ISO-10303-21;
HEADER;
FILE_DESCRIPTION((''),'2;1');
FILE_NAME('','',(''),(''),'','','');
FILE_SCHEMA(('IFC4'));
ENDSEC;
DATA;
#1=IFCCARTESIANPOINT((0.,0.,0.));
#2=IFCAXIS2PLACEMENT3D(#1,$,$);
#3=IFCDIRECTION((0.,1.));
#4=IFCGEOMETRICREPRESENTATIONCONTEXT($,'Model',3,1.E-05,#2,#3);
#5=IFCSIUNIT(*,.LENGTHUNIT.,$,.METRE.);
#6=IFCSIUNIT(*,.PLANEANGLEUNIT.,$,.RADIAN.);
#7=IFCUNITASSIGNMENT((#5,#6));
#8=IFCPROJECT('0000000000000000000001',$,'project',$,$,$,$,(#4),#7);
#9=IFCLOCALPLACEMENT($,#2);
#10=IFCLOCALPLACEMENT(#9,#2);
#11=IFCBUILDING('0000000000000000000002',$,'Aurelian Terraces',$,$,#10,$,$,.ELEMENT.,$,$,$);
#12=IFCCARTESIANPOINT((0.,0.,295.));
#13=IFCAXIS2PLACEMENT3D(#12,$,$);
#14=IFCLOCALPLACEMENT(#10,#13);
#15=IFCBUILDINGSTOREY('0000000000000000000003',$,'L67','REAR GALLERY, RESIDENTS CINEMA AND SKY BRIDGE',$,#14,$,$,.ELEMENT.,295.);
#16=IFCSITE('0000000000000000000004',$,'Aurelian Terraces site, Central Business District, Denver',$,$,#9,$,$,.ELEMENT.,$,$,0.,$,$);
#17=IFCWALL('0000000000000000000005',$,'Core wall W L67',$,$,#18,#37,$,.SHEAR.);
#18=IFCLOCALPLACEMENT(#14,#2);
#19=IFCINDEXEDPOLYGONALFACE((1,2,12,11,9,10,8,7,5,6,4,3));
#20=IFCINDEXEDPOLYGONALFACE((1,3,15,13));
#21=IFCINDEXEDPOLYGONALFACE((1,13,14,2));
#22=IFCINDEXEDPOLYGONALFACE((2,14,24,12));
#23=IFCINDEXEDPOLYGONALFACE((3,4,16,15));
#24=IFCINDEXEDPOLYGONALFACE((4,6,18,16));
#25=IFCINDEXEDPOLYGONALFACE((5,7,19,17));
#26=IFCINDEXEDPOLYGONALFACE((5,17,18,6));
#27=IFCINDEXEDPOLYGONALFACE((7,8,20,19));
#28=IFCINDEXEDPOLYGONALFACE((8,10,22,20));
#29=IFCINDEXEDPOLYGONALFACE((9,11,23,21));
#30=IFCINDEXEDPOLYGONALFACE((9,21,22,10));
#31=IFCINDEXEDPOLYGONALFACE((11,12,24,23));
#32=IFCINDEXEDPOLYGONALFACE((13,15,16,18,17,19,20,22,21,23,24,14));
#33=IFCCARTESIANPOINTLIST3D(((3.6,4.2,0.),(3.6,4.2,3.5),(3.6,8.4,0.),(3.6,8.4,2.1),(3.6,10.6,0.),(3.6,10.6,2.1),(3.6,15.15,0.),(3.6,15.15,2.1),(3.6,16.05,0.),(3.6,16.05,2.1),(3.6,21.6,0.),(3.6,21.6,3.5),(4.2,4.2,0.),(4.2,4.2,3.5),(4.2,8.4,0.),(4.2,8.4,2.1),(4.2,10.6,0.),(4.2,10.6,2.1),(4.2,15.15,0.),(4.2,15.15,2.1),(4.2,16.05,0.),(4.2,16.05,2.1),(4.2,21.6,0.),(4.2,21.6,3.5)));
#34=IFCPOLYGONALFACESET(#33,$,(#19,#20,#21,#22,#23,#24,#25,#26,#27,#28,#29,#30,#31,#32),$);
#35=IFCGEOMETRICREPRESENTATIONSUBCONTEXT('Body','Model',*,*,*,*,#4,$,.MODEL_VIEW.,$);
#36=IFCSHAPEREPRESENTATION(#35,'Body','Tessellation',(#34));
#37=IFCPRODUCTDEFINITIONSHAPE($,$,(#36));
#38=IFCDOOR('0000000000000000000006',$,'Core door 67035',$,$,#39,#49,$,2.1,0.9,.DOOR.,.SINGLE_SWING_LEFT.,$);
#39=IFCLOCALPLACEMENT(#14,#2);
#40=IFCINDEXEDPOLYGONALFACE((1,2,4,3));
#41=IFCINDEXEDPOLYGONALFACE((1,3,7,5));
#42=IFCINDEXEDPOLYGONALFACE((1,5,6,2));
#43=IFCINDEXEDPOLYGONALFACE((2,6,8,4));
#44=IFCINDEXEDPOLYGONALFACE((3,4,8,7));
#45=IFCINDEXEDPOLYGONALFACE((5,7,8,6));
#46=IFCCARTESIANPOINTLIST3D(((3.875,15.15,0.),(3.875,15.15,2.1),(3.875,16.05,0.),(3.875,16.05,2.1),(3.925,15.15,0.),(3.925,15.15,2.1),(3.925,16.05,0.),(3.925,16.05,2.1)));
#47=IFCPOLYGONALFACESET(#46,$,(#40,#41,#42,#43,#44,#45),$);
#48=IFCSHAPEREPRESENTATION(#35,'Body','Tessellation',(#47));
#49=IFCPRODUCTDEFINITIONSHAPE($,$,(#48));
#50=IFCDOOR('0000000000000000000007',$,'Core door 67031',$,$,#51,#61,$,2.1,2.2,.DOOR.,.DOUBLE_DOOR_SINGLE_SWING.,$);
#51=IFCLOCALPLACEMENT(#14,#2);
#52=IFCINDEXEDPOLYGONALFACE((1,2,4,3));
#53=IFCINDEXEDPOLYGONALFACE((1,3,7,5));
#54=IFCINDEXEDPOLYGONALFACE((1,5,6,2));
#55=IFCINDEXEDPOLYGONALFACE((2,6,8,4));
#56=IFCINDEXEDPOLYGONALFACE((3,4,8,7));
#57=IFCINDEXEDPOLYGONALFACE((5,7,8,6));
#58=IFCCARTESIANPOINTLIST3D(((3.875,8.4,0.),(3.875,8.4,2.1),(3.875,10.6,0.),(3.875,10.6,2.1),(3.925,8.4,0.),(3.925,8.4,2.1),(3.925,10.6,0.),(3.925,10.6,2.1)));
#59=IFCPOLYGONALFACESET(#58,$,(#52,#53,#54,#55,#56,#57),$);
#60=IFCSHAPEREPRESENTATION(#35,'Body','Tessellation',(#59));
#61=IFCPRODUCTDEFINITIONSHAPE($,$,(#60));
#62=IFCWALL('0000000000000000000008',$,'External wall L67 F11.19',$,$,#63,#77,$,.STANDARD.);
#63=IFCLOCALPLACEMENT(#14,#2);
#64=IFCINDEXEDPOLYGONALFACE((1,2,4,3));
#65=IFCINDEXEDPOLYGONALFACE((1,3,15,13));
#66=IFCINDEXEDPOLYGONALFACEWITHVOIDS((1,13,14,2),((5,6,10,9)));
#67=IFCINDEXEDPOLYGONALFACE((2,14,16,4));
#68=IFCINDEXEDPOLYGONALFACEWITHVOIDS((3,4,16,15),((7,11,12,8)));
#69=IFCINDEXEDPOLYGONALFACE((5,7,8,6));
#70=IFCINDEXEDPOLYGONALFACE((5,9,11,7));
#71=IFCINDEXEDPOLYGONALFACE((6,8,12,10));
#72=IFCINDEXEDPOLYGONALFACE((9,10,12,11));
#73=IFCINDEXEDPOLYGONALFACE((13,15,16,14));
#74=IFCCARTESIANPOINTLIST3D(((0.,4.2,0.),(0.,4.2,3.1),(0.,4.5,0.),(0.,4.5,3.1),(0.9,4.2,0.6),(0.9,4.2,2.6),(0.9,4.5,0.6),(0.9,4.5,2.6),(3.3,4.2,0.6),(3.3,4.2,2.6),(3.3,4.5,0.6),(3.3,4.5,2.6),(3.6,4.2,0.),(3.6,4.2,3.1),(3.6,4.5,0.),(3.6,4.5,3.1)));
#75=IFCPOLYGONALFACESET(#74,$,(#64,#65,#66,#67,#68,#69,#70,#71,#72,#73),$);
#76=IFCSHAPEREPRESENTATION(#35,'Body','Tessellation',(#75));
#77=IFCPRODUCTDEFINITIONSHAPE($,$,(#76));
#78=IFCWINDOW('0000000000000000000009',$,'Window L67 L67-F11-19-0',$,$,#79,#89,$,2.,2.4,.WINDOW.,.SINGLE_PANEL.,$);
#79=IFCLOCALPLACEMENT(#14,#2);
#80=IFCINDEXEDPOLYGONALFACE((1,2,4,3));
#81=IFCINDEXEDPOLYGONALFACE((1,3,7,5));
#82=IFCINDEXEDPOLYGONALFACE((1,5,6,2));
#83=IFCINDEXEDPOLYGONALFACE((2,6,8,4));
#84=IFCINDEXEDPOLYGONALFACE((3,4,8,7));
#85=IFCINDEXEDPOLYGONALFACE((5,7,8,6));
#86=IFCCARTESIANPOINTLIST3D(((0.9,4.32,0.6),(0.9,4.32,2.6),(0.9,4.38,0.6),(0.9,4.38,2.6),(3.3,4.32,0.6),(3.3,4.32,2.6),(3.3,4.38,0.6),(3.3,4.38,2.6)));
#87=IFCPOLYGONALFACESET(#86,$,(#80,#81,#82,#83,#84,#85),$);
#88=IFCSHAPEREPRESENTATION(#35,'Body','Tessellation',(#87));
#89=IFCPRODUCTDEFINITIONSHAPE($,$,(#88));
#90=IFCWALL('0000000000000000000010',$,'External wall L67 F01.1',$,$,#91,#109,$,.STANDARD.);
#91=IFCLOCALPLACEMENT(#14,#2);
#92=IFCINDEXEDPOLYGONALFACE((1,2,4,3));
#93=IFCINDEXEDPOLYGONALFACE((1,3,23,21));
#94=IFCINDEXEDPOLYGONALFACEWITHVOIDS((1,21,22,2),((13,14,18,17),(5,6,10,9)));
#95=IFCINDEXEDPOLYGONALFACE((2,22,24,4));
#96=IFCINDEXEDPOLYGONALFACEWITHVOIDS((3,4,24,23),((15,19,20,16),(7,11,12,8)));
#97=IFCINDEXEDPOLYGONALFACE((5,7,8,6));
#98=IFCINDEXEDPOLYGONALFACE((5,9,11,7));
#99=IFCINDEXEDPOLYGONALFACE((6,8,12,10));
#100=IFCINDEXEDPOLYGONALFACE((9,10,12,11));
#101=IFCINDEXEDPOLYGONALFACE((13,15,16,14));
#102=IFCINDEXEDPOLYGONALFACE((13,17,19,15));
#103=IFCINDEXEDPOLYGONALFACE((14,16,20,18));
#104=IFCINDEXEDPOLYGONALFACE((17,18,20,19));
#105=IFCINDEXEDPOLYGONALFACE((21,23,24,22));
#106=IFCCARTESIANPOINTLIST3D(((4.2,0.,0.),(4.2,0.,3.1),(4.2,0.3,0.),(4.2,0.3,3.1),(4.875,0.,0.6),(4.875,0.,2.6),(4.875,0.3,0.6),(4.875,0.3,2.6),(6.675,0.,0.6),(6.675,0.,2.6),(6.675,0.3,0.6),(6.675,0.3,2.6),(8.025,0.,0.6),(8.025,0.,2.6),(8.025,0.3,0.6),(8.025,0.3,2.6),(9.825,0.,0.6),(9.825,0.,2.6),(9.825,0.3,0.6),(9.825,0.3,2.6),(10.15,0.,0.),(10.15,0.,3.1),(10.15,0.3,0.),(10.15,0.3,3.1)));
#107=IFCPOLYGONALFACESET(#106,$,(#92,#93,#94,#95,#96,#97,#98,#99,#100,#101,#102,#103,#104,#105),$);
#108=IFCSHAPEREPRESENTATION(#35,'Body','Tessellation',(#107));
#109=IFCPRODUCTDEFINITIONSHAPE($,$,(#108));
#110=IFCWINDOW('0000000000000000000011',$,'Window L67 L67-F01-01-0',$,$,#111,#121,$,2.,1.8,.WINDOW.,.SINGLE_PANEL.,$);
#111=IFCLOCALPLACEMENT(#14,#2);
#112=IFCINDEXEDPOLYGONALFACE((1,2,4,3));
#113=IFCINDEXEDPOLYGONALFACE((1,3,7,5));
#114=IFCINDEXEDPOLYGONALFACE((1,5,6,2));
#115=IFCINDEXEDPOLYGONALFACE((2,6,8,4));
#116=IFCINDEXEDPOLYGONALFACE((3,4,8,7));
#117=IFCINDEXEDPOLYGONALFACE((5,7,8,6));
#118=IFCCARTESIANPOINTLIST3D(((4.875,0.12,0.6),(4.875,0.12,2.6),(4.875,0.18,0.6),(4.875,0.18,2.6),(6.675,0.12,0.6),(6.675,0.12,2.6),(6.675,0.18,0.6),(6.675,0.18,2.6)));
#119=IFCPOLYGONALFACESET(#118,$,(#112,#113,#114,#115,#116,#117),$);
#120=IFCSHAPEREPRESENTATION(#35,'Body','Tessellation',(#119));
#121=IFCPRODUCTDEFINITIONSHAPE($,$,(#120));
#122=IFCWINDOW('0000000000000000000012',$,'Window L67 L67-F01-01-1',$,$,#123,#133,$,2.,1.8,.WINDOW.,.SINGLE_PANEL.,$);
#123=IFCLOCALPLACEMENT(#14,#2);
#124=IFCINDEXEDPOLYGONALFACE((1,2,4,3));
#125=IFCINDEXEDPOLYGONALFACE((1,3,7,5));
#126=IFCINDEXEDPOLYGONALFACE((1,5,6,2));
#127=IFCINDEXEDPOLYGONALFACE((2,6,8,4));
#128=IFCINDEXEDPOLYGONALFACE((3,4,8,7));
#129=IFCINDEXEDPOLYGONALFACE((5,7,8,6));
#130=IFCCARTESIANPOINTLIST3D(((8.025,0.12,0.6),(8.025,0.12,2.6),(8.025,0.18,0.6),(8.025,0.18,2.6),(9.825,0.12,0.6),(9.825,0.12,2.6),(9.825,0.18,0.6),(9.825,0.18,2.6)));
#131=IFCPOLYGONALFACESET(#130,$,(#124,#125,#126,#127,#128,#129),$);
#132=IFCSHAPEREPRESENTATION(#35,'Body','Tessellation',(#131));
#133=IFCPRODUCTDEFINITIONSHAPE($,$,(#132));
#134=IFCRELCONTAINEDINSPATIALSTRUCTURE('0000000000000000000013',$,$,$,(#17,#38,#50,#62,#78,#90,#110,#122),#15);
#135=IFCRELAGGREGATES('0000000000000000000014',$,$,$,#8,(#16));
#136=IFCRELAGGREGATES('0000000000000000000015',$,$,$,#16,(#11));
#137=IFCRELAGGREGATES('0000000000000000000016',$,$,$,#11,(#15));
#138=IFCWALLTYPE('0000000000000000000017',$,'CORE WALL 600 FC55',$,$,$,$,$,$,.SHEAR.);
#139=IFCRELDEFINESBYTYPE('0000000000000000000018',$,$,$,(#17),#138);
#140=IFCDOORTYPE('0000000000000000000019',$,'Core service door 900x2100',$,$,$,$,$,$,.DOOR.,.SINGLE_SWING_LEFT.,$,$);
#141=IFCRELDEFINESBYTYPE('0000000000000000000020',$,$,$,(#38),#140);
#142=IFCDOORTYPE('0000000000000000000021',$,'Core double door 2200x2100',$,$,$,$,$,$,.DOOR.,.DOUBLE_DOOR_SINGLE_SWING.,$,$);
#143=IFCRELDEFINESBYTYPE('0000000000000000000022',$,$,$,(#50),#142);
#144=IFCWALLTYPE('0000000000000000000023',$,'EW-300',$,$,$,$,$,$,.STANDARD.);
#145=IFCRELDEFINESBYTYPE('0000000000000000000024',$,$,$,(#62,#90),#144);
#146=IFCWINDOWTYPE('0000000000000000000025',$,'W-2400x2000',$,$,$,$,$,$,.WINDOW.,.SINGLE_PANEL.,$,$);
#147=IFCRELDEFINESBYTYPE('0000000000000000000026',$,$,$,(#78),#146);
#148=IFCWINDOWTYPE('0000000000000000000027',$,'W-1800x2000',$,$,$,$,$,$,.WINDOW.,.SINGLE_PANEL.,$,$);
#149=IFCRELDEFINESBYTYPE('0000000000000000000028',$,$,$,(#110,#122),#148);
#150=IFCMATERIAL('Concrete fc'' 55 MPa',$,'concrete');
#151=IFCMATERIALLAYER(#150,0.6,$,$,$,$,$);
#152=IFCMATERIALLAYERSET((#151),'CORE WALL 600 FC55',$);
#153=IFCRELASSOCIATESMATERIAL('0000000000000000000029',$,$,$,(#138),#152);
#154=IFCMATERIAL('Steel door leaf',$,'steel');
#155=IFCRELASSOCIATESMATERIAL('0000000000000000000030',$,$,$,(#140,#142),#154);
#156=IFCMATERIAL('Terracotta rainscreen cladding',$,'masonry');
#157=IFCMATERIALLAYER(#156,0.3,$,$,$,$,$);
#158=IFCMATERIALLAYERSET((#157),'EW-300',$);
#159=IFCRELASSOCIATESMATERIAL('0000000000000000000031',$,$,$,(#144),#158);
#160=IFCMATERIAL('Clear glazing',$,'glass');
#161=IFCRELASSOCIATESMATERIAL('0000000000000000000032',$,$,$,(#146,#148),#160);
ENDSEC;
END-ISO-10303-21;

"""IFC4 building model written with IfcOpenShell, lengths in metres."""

from ifc_helpers import new_model, si_unit, direction, frame, frame_2d, origin, place, context, subcontext, project, spatial, rectangle, extrude, source, transform, mapped, material, layer, layer_set, type_object, element, fill, save


model = new_model("IFC4")

# Units and contexts
model_context = context("Model", 3, precision=1e-05, world=origin(), true_north=direction((0.0, 1.0)))
body_context = subcontext(model_context, "Body", "Model", "MODEL_VIEW")
ifc_project = project(units=[si_unit("LENGTHUNIT", "METRE"), si_unit("PLANEANGLEUNIT", "RADIAN")], contexts=[model_context])

# Site, building, storey
site_placement = place(None, origin())
site = spatial("IfcSite", under=ifc_project, at=site_placement, Name="Aurelian Terraces site, Central Business District, Denver", CompositionType="ELEMENT", RefElevation=0.0)
building_placement = place(site_placement, origin())
building = spatial("IfcBuilding", under=site, at=building_placement, Name="Aurelian Terraces", CompositionType="ELEMENT")
storey_placement = place(building_placement, frame((0.0, 0.0, 295.0)))
storey = spatial("IfcBuildingStorey", under=building, at=storey_placement, Name="L67", Description="REAR GALLERY, RESIDENTS CINEMA AND SKY BRIDGE", CompositionType="ELEMENT", Elevation=295.0)

# Wall, openings, doors
ifc_material_1 = material(Name="Concrete fc' 55 MPa", Category="concrete")
ifc_layer_1 = layer(ifc_material_1, 0.6)
ifc_layer_set_1 = layer_set([ifc_layer_1], Name="CORE WALL 600 FC55")
wall_type_1 = type_object("IfcWallType", Name="CORE WALL 600 FC55", PredefinedType="SHEAR", material=ifc_layer_set_1)
shared_shape_1 = source(origin(), body_context, "Body", "SweptSolid", [
    extrude(rectangle(XDim=17.4, YDim=0.6, at=frame_2d((8.7, 0.0))), origin(), (0.0, 0.0, 1.0), 3.5),
])
wall_1_placement = place(storey_placement, frame((3.9, 4.2, 0.0), z_axis=(0.0, 0.0, 1.0), x_axis=(0.0, 1.0, 0.0)))
wall_1 = element("IfcWall", 1, at=wall_1_placement, inside=storey, type_object=wall_type_1, Name="Core wall W L67", PredefinedType="SHEAR", context=body_context, shape_type="MappedRepresentation", body=[
    mapped(shared_shape_1, transform((0.0, 0.0, 0.0), scale=1.0)),
])
shared_shape_2 = source(origin(), body_context, "Body", "SweptSolid", [
    extrude(rectangle(XDim=2.2, YDim=2.1, at=frame_2d((1.1, 1.05))), frame((0.0, 0.31, 0.0), z_axis=(0.0, -1.0, 0.0), x_axis=(1.0, 0.0, 0.0)), (0.0, 0.0, 1.0), 0.62),
])
opening_1_placement = place(wall_1_placement, frame((4.2, 0.0, 0.0)))
opening_1 = element("IfcOpeningElement", 2, at=opening_1_placement, cuts=wall_1, PredefinedType="OPENING", context=body_context, shape_type="MappedRepresentation", body=[
    mapped(shared_shape_2, transform((0.0, 0.0, 0.0), scale=1.0)),
])
shared_shape_3 = source(origin(), body_context, "Body", "SweptSolid", [
    extrude(rectangle(XDim=0.9, YDim=2.1, at=frame_2d((0.45, 1.05))), frame((0.0, 0.31, 0.0), z_axis=(0.0, -1.0, 0.0), x_axis=(1.0, 0.0, 0.0)), (0.0, 0.0, 1.0), 0.62),
])
opening_2_placement = place(wall_1_placement, frame((10.95, 0.0, 0.0)))
opening_2 = element("IfcOpeningElement", 3, at=opening_2_placement, cuts=wall_1, PredefinedType="OPENING", context=body_context, shape_type="MappedRepresentation", body=[
    mapped(shared_shape_3, transform((0.0, 0.0, 0.0), scale=1.0)),
])
ifc_material_2 = material(Name="Steel door leaf", Category="steel")
door_type_1 = type_object("IfcDoorType", Name="Core service door 900x2100", OperationType="SINGLE_SWING_LEFT", PredefinedType="DOOR", material=ifc_material_2)
shared_shape_4 = source(origin(), body_context, "Body", "SweptSolid", [
    extrude(rectangle(XDim=0.9, YDim=2.1, at=frame_2d((0.45, 1.05))), frame((0.0, 0.025, 0.0), z_axis=(0.0, -1.0, 0.0), x_axis=(1.0, 0.0, 0.0)), (0.0, 0.0, 1.0), 0.05),
])
door_1_placement = place(opening_2_placement, origin())
door_1 = element("IfcDoor", 4, at=door_1_placement, inside=storey, type_object=door_type_1, Name="Core door 67035", OperationType="SINGLE_SWING_LEFT", OverallHeight=2.1, OverallWidth=0.9, PredefinedType="DOOR", context=body_context, shape_type="MappedRepresentation", body=[
    mapped(shared_shape_4, transform((0.0, 0.0, 0.0), scale=1.0)),
])
fill(opening_2, door_1)
door_type_2 = type_object("IfcDoorType", Name="Core double door 2200x2100", OperationType="DOUBLE_DOOR_SINGLE_SWING", PredefinedType="DOOR", material=ifc_material_2)
shared_shape_5 = source(origin(), body_context, "Body", "SweptSolid", [
    extrude(rectangle(XDim=2.2, YDim=2.1, at=frame_2d((1.1, 1.05))), frame((0.0, 0.025, 0.0), z_axis=(0.0, -1.0, 0.0), x_axis=(1.0, 0.0, 0.0)), (0.0, 0.0, 1.0), 0.05),
])
door_2_placement = place(opening_1_placement, origin())
door_2 = element("IfcDoor", 5, at=door_2_placement, inside=storey, type_object=door_type_2, Name="Core door 67031", OperationType="DOUBLE_DOOR_SINGLE_SWING", OverallHeight=2.1, OverallWidth=2.2, PredefinedType="DOOR", context=body_context, shape_type="MappedRepresentation", body=[
    mapped(shared_shape_5, transform((0.0, 0.0, 0.0), scale=1.0)),
])
fill(opening_1, door_2)

# Wall, opening, window
ifc_material_3 = material(Name="Terracotta rainscreen cladding", Category="masonry")
ifc_layer_2 = layer(ifc_material_3, 0.3)
ifc_layer_set_2 = layer_set([ifc_layer_2], Name="EW-300")
wall_type_2 = type_object("IfcWallType", Name="EW-300", PredefinedType="STANDARD", material=ifc_layer_set_2)
shared_shape_6 = source(origin(), body_context, "Body", "SweptSolid", [
    extrude(rectangle(XDim=3.6, YDim=0.3, at=frame_2d((1.8, 0.0))), origin(), (0.0, 0.0, 1.0), 3.1),
])
wall_2_placement = place(storey_placement, frame((0.0, 4.35, 0.0), z_axis=(0.0, 0.0, 1.0), x_axis=(1.0, 0.0, 0.0)))
wall_2 = element("IfcWall", 6, at=wall_2_placement, inside=storey, type_object=wall_type_2, Name="External wall L67 F11.19", PredefinedType="STANDARD", context=body_context, shape_type="MappedRepresentation", body=[
    mapped(shared_shape_6, transform((0.0, 0.0, 0.0), scale=1.0)),
])
shared_shape_7 = source(origin(), body_context, "Body", "SweptSolid", [
    extrude(rectangle(XDim=2.4, YDim=2.0, at=frame_2d((1.2, 1.0))), frame((0.0, 0.16, 0.0), z_axis=(0.0, -1.0, 0.0), x_axis=(1.0, 0.0, 0.0)), (0.0, 0.0, 1.0), 0.32),
])
opening_3_placement = place(wall_2_placement, frame((0.9, 0.0, 0.6)))
opening_3 = element("IfcOpeningElement", 7, at=opening_3_placement, cuts=wall_2, PredefinedType="OPENING", context=body_context, shape_type="MappedRepresentation", body=[
    mapped(shared_shape_7, transform((0.0, 0.0, 0.0), scale=1.0)),
])
ifc_material_4 = material(Name="Clear glazing", Category="glass")
window_type_1 = type_object("IfcWindowType", Name="W-2400x2000", PartitioningType="SINGLE_PANEL", PredefinedType="WINDOW", material=ifc_material_4)
shared_shape_8 = source(origin(), body_context, "Body", "SweptSolid", [
    extrude(rectangle(XDim=2.4, YDim=2.0, at=frame_2d((1.2, 1.0))), frame((0.0, 0.03, 0.0), z_axis=(0.0, -1.0, 0.0), x_axis=(1.0, 0.0, 0.0)), (0.0, 0.0, 1.0), 0.06),
])
window_1_placement = place(opening_3_placement, origin())
window_1 = element("IfcWindow", 8, at=window_1_placement, inside=storey, type_object=window_type_1, Name="Window L67 L67-F11-19-0", OverallHeight=2.0, OverallWidth=2.4, PartitioningType="SINGLE_PANEL", PredefinedType="WINDOW", context=body_context, shape_type="MappedRepresentation", body=[
    mapped(shared_shape_8, transform((0.0, 0.0, 0.0), scale=1.0)),
])
fill(opening_3, window_1)

# Wall, openings, windows
shared_shape_9 = source(origin(), body_context, "Body", "SweptSolid", [
    extrude(rectangle(XDim=5.95, YDim=0.3, at=frame_2d((2.975, 0.0))), origin(), (0.0, 0.0, 1.0), 3.1),
])
wall_3_placement = place(storey_placement, frame((4.2, 0.15, 0.0), z_axis=(0.0, 0.0, 1.0), x_axis=(1.0, 0.0, 0.0)))
wall_3 = element("IfcWall", 9, at=wall_3_placement, inside=storey, type_object=wall_type_2, Name="External wall L67 F01.1", PredefinedType="STANDARD", context=body_context, shape_type="MappedRepresentation", body=[
    mapped(shared_shape_9, transform((0.0, 0.0, 0.0), scale=1.0)),
])
shared_shape_10 = source(origin(), body_context, "Body", "SweptSolid", [
    extrude(rectangle(XDim=1.8, YDim=2.0, at=frame_2d((0.9, 1.0))), frame((0.0, 0.16, 0.0), z_axis=(0.0, -1.0, 0.0), x_axis=(1.0, 0.0, 0.0)), (0.0, 0.0, 1.0), 0.32),
])
opening_4_placement = place(wall_3_placement, frame((0.675, 0.0, 0.6)))
opening_4 = element("IfcOpeningElement", 10, at=opening_4_placement, cuts=wall_3, PredefinedType="OPENING", context=body_context, shape_type="MappedRepresentation", body=[
    mapped(shared_shape_10, transform((0.0, 0.0, 0.0), scale=1.0)),
])
opening_5_placement = place(wall_3_placement, frame((3.825, 0.0, 0.6)))
opening_5 = element("IfcOpeningElement", 11, at=opening_5_placement, cuts=wall_3, PredefinedType="OPENING", context=body_context, shape_type="MappedRepresentation", body=[
    mapped(shared_shape_10, transform((0.0, 0.0, 0.0), scale=1.0)),
])
window_type_2 = type_object("IfcWindowType", Name="W-1800x2000", PartitioningType="SINGLE_PANEL", PredefinedType="WINDOW", material=ifc_material_4)
shared_shape_11 = source(origin(), body_context, "Body", "SweptSolid", [
    extrude(rectangle(XDim=1.8, YDim=2.0, at=frame_2d((0.9, 1.0))), frame((0.0, 0.03, 0.0), z_axis=(0.0, -1.0, 0.0), x_axis=(1.0, 0.0, 0.0)), (0.0, 0.0, 1.0), 0.06),
])
window_2_placement = place(opening_4_placement, origin())
window_2 = element("IfcWindow", 12, at=window_2_placement, inside=storey, type_object=window_type_2, Name="Window L67 L67-F01-01-0", OverallHeight=2.0, OverallWidth=1.8, PartitioningType="SINGLE_PANEL", PredefinedType="WINDOW", context=body_context, shape_type="MappedRepresentation", body=[
    mapped(shared_shape_11, transform((0.0, 0.0, 0.0), scale=1.0)),
])
fill(opening_4, window_2)
window_3_placement = place(opening_5_placement, origin())
window_3 = element("IfcWindow", 13, at=window_3_placement, inside=storey, type_object=window_type_2, Name="Window L67 L67-F01-01-1", OverallHeight=2.0, OverallWidth=1.8, PartitioningType="SINGLE_PANEL", PredefinedType="WINDOW", context=body_context, shape_type="MappedRepresentation", body=[
    mapped(shared_shape_11, transform((0.0, 0.0, 0.0), scale=1.0)),
])
fill(opening_5, window_3)

save(model, "model.ifc")
